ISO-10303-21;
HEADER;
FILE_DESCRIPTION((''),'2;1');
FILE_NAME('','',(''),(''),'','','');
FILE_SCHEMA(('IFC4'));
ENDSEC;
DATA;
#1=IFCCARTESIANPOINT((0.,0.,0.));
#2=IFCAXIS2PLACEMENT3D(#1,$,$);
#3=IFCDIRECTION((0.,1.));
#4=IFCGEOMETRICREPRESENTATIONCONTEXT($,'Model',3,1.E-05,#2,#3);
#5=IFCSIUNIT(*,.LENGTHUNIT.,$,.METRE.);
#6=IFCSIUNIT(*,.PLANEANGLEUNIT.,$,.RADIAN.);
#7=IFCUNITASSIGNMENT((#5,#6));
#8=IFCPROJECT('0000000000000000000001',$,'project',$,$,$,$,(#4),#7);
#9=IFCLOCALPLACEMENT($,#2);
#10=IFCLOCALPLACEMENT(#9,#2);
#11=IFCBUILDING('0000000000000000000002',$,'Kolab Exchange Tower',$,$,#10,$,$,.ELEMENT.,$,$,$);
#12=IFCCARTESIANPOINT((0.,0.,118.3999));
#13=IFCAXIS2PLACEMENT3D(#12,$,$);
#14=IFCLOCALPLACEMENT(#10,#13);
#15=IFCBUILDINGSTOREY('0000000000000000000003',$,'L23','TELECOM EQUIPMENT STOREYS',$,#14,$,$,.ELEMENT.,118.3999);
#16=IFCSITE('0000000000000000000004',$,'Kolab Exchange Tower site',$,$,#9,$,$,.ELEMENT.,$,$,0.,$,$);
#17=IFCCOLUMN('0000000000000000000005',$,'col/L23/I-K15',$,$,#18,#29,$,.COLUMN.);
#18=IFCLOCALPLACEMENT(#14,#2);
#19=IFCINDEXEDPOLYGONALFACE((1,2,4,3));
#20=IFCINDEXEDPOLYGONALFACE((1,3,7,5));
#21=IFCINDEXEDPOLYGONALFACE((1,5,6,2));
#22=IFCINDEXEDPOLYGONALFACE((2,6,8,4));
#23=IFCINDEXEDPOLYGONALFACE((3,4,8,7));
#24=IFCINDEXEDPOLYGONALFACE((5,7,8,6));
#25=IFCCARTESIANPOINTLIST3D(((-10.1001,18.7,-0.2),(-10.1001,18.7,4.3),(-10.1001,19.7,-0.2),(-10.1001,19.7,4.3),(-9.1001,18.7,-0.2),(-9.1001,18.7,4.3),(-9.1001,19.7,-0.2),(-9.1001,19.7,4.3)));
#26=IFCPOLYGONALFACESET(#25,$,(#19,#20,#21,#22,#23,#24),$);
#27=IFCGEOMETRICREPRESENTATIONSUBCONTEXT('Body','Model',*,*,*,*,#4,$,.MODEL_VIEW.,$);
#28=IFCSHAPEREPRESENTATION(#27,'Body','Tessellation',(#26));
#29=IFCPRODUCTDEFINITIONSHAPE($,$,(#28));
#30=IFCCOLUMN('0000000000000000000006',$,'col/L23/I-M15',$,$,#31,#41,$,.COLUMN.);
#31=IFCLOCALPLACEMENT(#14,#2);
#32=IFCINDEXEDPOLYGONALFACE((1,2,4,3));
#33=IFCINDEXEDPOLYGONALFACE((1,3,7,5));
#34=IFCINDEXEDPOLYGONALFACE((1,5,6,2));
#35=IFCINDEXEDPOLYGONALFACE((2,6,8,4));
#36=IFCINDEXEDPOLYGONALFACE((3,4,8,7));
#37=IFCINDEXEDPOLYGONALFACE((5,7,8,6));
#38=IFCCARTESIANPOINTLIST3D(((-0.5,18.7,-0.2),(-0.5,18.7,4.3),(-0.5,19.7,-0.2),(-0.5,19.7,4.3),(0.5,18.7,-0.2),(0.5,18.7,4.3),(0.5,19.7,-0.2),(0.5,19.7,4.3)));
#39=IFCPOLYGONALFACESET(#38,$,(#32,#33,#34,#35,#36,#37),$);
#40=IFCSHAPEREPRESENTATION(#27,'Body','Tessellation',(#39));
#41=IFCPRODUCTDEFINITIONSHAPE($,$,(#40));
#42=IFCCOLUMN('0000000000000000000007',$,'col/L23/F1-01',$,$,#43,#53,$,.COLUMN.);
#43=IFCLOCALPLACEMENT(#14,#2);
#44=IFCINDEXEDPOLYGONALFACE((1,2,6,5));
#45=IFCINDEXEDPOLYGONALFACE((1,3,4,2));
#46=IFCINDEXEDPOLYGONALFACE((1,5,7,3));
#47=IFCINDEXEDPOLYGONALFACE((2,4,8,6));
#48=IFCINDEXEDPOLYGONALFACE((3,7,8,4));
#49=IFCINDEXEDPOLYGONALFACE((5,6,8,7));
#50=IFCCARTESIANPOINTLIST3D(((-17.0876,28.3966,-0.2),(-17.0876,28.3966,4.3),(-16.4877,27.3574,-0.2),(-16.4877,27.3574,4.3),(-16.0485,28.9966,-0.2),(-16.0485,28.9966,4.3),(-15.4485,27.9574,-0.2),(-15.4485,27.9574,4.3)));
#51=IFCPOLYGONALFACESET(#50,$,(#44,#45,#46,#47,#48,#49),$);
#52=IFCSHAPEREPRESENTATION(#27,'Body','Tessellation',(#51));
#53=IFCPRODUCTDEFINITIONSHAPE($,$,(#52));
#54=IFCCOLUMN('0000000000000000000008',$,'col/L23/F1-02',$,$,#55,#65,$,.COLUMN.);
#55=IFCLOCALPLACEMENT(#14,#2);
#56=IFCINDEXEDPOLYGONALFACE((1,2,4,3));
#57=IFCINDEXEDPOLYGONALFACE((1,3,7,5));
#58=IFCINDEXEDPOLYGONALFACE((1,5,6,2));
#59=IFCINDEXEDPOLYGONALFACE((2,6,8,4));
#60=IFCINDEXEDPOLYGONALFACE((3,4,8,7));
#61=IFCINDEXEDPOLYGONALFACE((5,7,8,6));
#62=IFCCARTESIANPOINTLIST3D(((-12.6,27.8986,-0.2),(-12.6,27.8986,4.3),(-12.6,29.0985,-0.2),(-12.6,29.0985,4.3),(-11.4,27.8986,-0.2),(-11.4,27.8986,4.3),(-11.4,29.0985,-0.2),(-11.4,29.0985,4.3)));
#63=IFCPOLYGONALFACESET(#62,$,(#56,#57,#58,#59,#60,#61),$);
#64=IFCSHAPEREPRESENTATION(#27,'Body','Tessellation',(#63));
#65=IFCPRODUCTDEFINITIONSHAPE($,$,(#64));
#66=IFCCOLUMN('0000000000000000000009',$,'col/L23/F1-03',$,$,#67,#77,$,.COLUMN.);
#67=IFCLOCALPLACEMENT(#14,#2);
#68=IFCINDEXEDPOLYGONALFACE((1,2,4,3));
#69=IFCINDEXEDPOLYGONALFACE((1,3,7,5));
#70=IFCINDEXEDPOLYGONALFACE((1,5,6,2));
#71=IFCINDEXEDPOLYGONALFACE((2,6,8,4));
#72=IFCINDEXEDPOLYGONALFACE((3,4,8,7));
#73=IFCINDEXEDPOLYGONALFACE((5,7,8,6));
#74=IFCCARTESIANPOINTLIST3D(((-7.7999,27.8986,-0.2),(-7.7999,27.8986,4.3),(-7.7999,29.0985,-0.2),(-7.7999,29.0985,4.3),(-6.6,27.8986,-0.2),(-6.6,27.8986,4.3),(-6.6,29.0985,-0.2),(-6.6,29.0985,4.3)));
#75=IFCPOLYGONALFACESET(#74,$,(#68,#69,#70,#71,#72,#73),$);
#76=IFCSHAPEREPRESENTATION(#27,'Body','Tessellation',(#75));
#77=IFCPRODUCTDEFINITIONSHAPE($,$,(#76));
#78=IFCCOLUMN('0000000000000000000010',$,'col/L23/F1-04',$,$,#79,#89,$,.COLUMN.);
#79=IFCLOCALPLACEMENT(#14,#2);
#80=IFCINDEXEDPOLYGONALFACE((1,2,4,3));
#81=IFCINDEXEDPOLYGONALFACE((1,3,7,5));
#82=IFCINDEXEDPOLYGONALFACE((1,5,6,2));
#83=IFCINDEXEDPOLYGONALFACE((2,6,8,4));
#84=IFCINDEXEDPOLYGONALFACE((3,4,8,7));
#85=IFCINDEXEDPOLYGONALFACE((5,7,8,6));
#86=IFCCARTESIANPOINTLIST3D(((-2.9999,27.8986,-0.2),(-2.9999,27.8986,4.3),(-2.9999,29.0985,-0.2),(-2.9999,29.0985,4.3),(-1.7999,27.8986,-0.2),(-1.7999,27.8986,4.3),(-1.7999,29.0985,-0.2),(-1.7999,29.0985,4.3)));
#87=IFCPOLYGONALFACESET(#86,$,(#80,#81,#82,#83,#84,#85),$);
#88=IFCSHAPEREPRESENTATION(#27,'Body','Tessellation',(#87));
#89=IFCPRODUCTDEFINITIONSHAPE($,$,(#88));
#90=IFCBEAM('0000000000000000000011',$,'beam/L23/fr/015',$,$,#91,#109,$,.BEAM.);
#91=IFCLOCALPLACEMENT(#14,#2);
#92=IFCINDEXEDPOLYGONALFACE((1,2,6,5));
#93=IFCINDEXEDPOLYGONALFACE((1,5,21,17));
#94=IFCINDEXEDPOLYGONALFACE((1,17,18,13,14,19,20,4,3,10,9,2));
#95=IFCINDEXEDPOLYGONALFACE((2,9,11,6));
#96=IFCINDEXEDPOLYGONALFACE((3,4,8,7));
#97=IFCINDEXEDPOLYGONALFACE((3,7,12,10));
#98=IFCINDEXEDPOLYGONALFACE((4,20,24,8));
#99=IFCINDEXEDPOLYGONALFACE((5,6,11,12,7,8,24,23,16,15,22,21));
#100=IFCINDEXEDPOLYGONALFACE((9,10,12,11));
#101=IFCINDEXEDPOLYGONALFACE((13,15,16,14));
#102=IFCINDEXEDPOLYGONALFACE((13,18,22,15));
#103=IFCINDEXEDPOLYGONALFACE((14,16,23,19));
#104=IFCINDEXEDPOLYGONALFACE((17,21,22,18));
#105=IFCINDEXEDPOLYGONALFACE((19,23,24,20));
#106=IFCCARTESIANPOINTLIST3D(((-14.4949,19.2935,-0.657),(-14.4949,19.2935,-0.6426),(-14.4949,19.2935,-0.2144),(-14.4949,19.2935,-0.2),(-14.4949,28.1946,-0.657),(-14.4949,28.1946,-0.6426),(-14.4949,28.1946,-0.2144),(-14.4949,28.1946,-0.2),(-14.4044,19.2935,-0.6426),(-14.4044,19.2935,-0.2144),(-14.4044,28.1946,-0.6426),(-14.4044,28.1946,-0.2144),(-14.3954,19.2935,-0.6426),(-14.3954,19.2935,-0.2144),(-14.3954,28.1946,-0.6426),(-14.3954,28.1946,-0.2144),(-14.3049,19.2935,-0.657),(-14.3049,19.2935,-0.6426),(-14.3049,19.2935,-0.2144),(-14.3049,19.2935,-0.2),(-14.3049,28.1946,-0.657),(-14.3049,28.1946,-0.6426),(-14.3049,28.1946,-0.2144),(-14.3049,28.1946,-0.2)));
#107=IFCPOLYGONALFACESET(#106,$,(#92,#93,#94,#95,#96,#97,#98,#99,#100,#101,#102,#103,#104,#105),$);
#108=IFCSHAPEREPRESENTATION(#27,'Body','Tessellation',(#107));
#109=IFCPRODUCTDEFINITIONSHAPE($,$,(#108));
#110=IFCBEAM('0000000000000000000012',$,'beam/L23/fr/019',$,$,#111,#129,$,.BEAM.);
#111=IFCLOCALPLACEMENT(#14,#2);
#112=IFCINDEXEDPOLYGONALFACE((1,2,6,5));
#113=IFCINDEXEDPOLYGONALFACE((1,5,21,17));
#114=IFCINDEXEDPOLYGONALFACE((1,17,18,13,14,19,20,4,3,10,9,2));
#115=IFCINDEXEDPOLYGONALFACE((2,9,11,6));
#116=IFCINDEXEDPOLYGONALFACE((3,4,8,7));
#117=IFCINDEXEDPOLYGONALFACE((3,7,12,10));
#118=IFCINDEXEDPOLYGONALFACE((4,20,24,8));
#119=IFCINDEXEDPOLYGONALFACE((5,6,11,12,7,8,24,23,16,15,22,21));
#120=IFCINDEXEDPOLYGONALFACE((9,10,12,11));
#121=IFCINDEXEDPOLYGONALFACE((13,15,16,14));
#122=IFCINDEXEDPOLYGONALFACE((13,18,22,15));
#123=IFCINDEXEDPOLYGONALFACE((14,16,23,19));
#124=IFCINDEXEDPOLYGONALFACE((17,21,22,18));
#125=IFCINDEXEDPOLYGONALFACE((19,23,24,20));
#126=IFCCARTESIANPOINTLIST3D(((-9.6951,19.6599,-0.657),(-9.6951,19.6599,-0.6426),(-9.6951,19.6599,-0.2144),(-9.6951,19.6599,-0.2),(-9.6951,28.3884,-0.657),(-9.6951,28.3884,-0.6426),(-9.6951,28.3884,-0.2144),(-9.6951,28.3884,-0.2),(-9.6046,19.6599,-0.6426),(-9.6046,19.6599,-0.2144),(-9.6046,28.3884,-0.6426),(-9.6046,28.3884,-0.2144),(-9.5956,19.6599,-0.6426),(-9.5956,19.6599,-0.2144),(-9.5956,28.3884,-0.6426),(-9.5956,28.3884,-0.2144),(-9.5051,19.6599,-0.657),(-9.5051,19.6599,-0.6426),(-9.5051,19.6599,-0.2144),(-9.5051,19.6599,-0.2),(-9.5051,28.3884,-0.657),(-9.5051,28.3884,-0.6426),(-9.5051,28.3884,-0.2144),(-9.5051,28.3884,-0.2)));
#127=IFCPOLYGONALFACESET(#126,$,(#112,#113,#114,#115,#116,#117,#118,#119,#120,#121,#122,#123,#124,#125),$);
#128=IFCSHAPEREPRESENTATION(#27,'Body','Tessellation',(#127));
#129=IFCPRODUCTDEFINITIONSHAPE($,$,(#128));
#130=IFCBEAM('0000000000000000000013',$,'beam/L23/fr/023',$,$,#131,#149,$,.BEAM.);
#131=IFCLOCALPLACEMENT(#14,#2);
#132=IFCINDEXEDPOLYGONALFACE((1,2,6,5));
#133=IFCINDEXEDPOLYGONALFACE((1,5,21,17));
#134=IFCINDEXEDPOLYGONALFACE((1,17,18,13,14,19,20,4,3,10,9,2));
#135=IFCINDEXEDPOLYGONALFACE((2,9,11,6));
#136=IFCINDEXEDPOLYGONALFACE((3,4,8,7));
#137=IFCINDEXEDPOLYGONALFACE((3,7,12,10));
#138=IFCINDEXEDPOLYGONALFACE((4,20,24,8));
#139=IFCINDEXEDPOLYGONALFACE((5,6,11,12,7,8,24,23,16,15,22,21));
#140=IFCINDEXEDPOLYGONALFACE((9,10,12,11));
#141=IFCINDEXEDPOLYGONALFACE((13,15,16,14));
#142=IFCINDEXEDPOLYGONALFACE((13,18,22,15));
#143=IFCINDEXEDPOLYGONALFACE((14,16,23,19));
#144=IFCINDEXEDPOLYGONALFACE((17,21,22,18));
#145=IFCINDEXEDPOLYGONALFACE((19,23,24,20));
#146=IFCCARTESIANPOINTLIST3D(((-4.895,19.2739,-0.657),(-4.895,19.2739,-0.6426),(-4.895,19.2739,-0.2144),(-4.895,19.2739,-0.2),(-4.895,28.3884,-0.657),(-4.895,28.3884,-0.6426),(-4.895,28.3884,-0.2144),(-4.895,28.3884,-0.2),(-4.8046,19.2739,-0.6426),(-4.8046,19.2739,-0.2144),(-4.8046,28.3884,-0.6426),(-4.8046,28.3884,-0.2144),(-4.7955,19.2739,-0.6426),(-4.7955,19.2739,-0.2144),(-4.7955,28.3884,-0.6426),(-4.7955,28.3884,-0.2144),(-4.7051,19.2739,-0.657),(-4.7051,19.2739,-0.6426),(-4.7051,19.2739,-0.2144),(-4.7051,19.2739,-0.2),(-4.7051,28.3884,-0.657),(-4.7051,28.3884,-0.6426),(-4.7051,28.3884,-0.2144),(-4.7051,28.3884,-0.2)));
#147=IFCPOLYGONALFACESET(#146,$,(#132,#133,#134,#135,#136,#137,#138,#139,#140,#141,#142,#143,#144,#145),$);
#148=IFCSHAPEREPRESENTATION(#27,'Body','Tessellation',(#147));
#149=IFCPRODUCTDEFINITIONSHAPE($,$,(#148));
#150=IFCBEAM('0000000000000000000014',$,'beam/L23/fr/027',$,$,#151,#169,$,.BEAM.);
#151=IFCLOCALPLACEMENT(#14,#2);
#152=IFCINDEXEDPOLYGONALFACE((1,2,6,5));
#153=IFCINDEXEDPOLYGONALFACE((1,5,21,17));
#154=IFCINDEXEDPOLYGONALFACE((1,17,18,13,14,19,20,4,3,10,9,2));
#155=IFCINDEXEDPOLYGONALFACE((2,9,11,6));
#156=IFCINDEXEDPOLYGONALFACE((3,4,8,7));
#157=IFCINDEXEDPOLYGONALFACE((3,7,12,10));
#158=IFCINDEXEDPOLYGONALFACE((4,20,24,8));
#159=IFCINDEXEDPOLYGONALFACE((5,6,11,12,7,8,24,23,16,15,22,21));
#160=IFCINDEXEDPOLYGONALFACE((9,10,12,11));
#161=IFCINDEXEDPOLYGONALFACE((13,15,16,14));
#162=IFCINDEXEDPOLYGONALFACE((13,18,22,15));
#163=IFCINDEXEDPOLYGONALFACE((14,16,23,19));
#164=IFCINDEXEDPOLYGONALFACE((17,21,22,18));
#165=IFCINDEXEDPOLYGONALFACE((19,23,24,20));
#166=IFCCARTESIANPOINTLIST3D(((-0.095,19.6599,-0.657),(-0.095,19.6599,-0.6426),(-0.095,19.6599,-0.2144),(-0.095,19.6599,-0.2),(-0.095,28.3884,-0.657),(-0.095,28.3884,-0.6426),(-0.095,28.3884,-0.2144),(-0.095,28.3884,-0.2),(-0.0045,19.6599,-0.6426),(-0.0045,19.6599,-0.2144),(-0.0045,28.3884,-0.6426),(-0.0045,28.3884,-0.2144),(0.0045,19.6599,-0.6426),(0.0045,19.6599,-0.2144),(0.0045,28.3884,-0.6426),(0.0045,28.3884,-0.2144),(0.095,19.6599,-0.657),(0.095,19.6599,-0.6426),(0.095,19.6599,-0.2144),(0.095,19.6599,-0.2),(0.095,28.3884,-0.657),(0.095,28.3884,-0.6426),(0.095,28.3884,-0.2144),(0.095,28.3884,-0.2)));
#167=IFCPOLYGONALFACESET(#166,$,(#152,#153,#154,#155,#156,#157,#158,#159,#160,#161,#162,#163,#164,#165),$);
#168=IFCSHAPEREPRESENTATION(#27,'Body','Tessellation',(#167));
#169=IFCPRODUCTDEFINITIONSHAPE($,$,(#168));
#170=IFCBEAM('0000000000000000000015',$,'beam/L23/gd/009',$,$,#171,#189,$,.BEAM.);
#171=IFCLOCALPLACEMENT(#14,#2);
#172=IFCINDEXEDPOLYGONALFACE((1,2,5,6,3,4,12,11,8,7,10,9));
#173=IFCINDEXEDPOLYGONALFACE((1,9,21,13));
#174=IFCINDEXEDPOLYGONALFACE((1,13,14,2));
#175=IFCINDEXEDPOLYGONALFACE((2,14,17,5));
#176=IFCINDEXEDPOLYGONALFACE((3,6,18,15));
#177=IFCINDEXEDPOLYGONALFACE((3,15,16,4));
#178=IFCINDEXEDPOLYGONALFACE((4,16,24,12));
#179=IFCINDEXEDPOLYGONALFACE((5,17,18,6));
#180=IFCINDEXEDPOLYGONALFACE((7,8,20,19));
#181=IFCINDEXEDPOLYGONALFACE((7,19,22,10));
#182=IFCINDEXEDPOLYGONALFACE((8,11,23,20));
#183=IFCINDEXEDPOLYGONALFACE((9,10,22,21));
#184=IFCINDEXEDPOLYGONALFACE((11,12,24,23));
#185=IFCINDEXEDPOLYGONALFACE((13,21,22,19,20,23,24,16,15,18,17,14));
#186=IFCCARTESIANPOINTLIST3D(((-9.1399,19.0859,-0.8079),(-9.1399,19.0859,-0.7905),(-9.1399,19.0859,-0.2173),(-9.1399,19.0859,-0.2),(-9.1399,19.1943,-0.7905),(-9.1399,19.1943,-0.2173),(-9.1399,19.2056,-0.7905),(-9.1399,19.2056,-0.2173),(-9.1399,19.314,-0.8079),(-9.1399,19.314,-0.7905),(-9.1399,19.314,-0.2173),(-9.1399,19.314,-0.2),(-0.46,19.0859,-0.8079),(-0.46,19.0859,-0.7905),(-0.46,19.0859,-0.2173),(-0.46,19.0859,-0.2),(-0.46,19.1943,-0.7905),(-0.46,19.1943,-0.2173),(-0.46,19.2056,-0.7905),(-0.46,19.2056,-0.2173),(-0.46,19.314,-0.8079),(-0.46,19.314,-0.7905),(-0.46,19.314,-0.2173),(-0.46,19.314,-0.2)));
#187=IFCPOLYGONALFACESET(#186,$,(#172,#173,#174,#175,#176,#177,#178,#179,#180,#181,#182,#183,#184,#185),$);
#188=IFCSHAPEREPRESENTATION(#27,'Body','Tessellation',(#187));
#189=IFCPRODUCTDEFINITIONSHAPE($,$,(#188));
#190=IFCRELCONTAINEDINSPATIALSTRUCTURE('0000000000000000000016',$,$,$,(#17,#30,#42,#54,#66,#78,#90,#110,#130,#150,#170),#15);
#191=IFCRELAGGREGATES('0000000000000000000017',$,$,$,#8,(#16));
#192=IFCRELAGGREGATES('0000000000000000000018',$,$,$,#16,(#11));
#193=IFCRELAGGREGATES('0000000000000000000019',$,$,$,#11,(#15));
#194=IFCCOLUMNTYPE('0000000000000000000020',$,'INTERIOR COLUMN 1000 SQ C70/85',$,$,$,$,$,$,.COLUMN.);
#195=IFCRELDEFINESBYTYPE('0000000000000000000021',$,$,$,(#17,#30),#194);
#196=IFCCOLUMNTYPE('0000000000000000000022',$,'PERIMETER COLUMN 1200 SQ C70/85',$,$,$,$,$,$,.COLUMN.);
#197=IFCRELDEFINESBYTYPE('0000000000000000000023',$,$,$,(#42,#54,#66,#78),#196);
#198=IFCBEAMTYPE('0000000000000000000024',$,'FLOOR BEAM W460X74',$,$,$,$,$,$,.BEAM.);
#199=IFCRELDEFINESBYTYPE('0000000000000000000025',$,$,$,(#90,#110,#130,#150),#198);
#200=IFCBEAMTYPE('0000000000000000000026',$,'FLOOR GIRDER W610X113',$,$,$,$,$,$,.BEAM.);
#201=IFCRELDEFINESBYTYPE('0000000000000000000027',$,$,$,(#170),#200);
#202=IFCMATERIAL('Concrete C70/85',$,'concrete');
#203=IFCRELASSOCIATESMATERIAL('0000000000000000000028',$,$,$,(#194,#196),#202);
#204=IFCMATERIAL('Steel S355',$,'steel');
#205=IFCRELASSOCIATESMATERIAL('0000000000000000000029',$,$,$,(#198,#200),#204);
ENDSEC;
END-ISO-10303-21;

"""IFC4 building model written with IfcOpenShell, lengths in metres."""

from ifc_helpers import new_model, si_unit, direction, frame, origin, origin_2d, place, context, subcontext, project, spatial, rectangle, i_section, extrude, material, material_profile, profile_set, type_object, element, save


model = new_model("IFC4")

# Units and contexts
model_context = context("Model", 3, precision=1e-05, world=origin(), true_north=direction((0.0, 1.0)))
body_context = subcontext(model_context, "Body", "Model", "MODEL_VIEW")
ifc_project = project(units=[si_unit("LENGTHUNIT", "METRE"), si_unit("PLANEANGLEUNIT", "RADIAN")], contexts=[model_context])

# Site, building, storey
site_placement = place(None, origin())
site = spatial("IfcSite", under=ifc_project, at=site_placement, Name="Kolab Exchange Tower site", CompositionType="ELEMENT", RefElevation=0.0)
building_placement = place(site_placement, origin())
building = spatial("IfcBuilding", under=site, at=building_placement, Name="Kolab Exchange Tower", CompositionType="ELEMENT")
storey_placement = place(building_placement, frame((0.0, 0.0, 118.3999)))
storey = spatial("IfcBuildingStorey", under=building, at=storey_placement, Name="L23", Description="TELECOM EQUIPMENT STOREYS", CompositionType="ELEMENT", Elevation=118.3999)

# Columns
ifc_material_1 = material(Name="Concrete C70/85", Category="concrete")
ifc_material_profile_1 = material_profile(ifc_material_1, rectangle(XDim=1.0, YDim=1.0, at=origin_2d()), Name="RC1000")
ifc_profile_set_1 = profile_set([ifc_material_profile_1], Name="Concrete C70/85")
column_type_1 = type_object("IfcColumnType", Name="INTERIOR COLUMN 1000 SQ C70/85", PredefinedType="COLUMN", material=ifc_profile_set_1)
for number, where, z_axis, x_axis, name in (
    (1, (-9.6001, 19.2, -0.2), (0.0, 0.0, 1.0), (1.0, 0.0, 0.0), "col/L23/I-K15"),
    (2, (0.0, 19.2, -0.2), (0.0, 0.0, 1.0), (1.0, 0.0, 0.0), "col/L23/I-M15"),
):
    element("IfcColumn", number, at=place(storey_placement, frame(where, z_axis=z_axis, x_axis=x_axis)), inside=storey, type_object=column_type_1, Name=name, PredefinedType="COLUMN", context=body_context, shape_type="SweptSolid", body=[
        extrude(rectangle(XDim=1.0, YDim=1.0, at=origin_2d()), origin(), (0.0, 0.0, 1.0), 4.5),
    ])
ifc_material_profile_2 = material_profile(ifc_material_1, rectangle(XDim=1.2, YDim=1.2, at=origin_2d()), Name="RC1200")
ifc_profile_set_2 = profile_set([ifc_material_profile_2], Name="Concrete C70/85")
column_type_2 = type_object("IfcColumnType", Name="PERIMETER COLUMN 1200 SQ C70/85", PredefinedType="COLUMN", material=ifc_profile_set_2)
for number, where, z_axis, x_axis, name in (
    (3, (-16.2681, 28.177, -0.2), (0.0, 0.0, 1.0), (0.866025, 0.5, 0.0), "col/L23/F1-01"),
    (4, (-12.0, 28.4985, -0.2), (0.0, 0.0, 1.0), (1.0, 0.0, 0.0), "col/L23/F1-02"),
    (5, (-7.2, 28.4985, -0.2), (0.0, 0.0, 1.0), (1.0, 0.0, 0.0), "col/L23/F1-03"),
    (6, (-2.3999, 28.4985, -0.2), (0.0, 0.0, 1.0), (1.0, 0.0, 0.0), "col/L23/F1-04"),
):
    element("IfcColumn", number, at=place(storey_placement, frame(where, z_axis=z_axis, x_axis=x_axis)), inside=storey, type_object=column_type_2, Name=name, PredefinedType="COLUMN", context=body_context, shape_type="SweptSolid", body=[
        extrude(rectangle(XDim=1.2, YDim=1.2, at=origin_2d()), origin(), (0.0, 0.0, 1.0), 4.5),
    ])

# Beams
ifc_material_2 = material(Name="Steel S355", Category="steel")
ifc_material_profile_3 = material_profile(ifc_material_2, i_section(OverallWidth=0.1899, OverallDepth=0.457, WebThickness=0.009, FlangeThickness=0.0144, at=origin_2d()), Name="W460X74")
ifc_profile_set_3 = profile_set([ifc_material_profile_3], Name="Steel S355")
beam_type_1 = type_object("IfcBeamType", Name="FLOOR BEAM W460X74", PredefinedType="BEAM", material=ifc_profile_set_3)
beam_1_placement = place(storey_placement, frame((-14.3999, 19.2935, -0.4285), z_axis=(0.0, 1.0, 0.0), x_axis=(-1.0, 0.0, 0.0)))
element("IfcBeam", 7, at=beam_1_placement, inside=storey, type_object=beam_type_1, Name="beam/L23/fr/015", PredefinedType="BEAM", context=body_context, shape_type="SweptSolid", body=[
    extrude(i_section(OverallWidth=0.1899, OverallDepth=0.457, WebThickness=0.009, FlangeThickness=0.0144, at=origin_2d()), origin(), (0.0, 0.0, 1.0), 8.9011),
])
beam_2_placement = place(storey_placement, frame((-9.6001, 19.6599, -0.4285), z_axis=(0.0, 1.0, 0.0), x_axis=(-1.0, 0.0, 0.0)))
element("IfcBeam", 8, at=beam_2_placement, inside=storey, type_object=beam_type_1, Name="beam/L23/fr/019", PredefinedType="BEAM", context=body_context, shape_type="SweptSolid", body=[
    extrude(i_section(OverallWidth=0.1899, OverallDepth=0.457, WebThickness=0.009, FlangeThickness=0.0144, at=origin_2d()), origin(), (0.0, 0.0, 1.0), 8.7285),
])
beam_3_placement = place(storey_placement, frame((-4.8, 19.2739, -0.4285), z_axis=(0.0, 1.0, 0.0), x_axis=(-1.0, 0.0, 0.0)))
element("IfcBeam", 9, at=beam_3_placement, inside=storey, type_object=beam_type_1, Name="beam/L23/fr/023", PredefinedType="BEAM", context=body_context, shape_type="SweptSolid", body=[
    extrude(i_section(OverallWidth=0.1899, OverallDepth=0.457, WebThickness=0.009, FlangeThickness=0.0144, at=origin_2d()), origin(), (0.0, 0.0, 1.0), 9.1145),
])
beam_4_placement = place(storey_placement, frame((0.0, 19.6599, -0.4285), z_axis=(0.0, 1.0, 0.0), x_axis=(-1.0, 0.0, 0.0)))
element("IfcBeam", 10, at=beam_4_placement, inside=storey, type_object=beam_type_1, Name="beam/L23/fr/027", PredefinedType="BEAM", context=body_context, shape_type="SweptSolid", body=[
    extrude(i_section(OverallWidth=0.1899, OverallDepth=0.457, WebThickness=0.009, FlangeThickness=0.0144, at=origin_2d()), origin(), (0.0, 0.0, 1.0), 8.7285),
])
ifc_material_profile_4 = material_profile(ifc_material_2, i_section(OverallWidth=0.228, OverallDepth=0.6079, WebThickness=0.0112, FlangeThickness=0.0173, at=origin_2d()), Name="W610X113")
ifc_profile_set_4 = profile_set([ifc_material_profile_4], Name="Steel S355")
beam_type_2 = type_object("IfcBeamType", Name="FLOOR GIRDER W610X113", PredefinedType="BEAM", material=ifc_profile_set_4)
beam_5_placement = place(storey_placement, frame((-9.1399, 19.2, -0.5039), z_axis=(1.0, 0.0, 0.0), x_axis=(0.0, 1.0, 0.0)))
element("IfcBeam", 11, at=beam_5_placement, inside=storey, type_object=beam_type_2, Name="beam/L23/gd/009", PredefinedType="BEAM", context=body_context, shape_type="SweptSolid", body=[
    extrude(i_section(OverallWidth=0.228, OverallDepth=0.6079, WebThickness=0.0112, FlangeThickness=0.0173, at=origin_2d()), origin(), (0.0, 0.0, 1.0), 8.6799),
])

save(model, "model.ifc")
